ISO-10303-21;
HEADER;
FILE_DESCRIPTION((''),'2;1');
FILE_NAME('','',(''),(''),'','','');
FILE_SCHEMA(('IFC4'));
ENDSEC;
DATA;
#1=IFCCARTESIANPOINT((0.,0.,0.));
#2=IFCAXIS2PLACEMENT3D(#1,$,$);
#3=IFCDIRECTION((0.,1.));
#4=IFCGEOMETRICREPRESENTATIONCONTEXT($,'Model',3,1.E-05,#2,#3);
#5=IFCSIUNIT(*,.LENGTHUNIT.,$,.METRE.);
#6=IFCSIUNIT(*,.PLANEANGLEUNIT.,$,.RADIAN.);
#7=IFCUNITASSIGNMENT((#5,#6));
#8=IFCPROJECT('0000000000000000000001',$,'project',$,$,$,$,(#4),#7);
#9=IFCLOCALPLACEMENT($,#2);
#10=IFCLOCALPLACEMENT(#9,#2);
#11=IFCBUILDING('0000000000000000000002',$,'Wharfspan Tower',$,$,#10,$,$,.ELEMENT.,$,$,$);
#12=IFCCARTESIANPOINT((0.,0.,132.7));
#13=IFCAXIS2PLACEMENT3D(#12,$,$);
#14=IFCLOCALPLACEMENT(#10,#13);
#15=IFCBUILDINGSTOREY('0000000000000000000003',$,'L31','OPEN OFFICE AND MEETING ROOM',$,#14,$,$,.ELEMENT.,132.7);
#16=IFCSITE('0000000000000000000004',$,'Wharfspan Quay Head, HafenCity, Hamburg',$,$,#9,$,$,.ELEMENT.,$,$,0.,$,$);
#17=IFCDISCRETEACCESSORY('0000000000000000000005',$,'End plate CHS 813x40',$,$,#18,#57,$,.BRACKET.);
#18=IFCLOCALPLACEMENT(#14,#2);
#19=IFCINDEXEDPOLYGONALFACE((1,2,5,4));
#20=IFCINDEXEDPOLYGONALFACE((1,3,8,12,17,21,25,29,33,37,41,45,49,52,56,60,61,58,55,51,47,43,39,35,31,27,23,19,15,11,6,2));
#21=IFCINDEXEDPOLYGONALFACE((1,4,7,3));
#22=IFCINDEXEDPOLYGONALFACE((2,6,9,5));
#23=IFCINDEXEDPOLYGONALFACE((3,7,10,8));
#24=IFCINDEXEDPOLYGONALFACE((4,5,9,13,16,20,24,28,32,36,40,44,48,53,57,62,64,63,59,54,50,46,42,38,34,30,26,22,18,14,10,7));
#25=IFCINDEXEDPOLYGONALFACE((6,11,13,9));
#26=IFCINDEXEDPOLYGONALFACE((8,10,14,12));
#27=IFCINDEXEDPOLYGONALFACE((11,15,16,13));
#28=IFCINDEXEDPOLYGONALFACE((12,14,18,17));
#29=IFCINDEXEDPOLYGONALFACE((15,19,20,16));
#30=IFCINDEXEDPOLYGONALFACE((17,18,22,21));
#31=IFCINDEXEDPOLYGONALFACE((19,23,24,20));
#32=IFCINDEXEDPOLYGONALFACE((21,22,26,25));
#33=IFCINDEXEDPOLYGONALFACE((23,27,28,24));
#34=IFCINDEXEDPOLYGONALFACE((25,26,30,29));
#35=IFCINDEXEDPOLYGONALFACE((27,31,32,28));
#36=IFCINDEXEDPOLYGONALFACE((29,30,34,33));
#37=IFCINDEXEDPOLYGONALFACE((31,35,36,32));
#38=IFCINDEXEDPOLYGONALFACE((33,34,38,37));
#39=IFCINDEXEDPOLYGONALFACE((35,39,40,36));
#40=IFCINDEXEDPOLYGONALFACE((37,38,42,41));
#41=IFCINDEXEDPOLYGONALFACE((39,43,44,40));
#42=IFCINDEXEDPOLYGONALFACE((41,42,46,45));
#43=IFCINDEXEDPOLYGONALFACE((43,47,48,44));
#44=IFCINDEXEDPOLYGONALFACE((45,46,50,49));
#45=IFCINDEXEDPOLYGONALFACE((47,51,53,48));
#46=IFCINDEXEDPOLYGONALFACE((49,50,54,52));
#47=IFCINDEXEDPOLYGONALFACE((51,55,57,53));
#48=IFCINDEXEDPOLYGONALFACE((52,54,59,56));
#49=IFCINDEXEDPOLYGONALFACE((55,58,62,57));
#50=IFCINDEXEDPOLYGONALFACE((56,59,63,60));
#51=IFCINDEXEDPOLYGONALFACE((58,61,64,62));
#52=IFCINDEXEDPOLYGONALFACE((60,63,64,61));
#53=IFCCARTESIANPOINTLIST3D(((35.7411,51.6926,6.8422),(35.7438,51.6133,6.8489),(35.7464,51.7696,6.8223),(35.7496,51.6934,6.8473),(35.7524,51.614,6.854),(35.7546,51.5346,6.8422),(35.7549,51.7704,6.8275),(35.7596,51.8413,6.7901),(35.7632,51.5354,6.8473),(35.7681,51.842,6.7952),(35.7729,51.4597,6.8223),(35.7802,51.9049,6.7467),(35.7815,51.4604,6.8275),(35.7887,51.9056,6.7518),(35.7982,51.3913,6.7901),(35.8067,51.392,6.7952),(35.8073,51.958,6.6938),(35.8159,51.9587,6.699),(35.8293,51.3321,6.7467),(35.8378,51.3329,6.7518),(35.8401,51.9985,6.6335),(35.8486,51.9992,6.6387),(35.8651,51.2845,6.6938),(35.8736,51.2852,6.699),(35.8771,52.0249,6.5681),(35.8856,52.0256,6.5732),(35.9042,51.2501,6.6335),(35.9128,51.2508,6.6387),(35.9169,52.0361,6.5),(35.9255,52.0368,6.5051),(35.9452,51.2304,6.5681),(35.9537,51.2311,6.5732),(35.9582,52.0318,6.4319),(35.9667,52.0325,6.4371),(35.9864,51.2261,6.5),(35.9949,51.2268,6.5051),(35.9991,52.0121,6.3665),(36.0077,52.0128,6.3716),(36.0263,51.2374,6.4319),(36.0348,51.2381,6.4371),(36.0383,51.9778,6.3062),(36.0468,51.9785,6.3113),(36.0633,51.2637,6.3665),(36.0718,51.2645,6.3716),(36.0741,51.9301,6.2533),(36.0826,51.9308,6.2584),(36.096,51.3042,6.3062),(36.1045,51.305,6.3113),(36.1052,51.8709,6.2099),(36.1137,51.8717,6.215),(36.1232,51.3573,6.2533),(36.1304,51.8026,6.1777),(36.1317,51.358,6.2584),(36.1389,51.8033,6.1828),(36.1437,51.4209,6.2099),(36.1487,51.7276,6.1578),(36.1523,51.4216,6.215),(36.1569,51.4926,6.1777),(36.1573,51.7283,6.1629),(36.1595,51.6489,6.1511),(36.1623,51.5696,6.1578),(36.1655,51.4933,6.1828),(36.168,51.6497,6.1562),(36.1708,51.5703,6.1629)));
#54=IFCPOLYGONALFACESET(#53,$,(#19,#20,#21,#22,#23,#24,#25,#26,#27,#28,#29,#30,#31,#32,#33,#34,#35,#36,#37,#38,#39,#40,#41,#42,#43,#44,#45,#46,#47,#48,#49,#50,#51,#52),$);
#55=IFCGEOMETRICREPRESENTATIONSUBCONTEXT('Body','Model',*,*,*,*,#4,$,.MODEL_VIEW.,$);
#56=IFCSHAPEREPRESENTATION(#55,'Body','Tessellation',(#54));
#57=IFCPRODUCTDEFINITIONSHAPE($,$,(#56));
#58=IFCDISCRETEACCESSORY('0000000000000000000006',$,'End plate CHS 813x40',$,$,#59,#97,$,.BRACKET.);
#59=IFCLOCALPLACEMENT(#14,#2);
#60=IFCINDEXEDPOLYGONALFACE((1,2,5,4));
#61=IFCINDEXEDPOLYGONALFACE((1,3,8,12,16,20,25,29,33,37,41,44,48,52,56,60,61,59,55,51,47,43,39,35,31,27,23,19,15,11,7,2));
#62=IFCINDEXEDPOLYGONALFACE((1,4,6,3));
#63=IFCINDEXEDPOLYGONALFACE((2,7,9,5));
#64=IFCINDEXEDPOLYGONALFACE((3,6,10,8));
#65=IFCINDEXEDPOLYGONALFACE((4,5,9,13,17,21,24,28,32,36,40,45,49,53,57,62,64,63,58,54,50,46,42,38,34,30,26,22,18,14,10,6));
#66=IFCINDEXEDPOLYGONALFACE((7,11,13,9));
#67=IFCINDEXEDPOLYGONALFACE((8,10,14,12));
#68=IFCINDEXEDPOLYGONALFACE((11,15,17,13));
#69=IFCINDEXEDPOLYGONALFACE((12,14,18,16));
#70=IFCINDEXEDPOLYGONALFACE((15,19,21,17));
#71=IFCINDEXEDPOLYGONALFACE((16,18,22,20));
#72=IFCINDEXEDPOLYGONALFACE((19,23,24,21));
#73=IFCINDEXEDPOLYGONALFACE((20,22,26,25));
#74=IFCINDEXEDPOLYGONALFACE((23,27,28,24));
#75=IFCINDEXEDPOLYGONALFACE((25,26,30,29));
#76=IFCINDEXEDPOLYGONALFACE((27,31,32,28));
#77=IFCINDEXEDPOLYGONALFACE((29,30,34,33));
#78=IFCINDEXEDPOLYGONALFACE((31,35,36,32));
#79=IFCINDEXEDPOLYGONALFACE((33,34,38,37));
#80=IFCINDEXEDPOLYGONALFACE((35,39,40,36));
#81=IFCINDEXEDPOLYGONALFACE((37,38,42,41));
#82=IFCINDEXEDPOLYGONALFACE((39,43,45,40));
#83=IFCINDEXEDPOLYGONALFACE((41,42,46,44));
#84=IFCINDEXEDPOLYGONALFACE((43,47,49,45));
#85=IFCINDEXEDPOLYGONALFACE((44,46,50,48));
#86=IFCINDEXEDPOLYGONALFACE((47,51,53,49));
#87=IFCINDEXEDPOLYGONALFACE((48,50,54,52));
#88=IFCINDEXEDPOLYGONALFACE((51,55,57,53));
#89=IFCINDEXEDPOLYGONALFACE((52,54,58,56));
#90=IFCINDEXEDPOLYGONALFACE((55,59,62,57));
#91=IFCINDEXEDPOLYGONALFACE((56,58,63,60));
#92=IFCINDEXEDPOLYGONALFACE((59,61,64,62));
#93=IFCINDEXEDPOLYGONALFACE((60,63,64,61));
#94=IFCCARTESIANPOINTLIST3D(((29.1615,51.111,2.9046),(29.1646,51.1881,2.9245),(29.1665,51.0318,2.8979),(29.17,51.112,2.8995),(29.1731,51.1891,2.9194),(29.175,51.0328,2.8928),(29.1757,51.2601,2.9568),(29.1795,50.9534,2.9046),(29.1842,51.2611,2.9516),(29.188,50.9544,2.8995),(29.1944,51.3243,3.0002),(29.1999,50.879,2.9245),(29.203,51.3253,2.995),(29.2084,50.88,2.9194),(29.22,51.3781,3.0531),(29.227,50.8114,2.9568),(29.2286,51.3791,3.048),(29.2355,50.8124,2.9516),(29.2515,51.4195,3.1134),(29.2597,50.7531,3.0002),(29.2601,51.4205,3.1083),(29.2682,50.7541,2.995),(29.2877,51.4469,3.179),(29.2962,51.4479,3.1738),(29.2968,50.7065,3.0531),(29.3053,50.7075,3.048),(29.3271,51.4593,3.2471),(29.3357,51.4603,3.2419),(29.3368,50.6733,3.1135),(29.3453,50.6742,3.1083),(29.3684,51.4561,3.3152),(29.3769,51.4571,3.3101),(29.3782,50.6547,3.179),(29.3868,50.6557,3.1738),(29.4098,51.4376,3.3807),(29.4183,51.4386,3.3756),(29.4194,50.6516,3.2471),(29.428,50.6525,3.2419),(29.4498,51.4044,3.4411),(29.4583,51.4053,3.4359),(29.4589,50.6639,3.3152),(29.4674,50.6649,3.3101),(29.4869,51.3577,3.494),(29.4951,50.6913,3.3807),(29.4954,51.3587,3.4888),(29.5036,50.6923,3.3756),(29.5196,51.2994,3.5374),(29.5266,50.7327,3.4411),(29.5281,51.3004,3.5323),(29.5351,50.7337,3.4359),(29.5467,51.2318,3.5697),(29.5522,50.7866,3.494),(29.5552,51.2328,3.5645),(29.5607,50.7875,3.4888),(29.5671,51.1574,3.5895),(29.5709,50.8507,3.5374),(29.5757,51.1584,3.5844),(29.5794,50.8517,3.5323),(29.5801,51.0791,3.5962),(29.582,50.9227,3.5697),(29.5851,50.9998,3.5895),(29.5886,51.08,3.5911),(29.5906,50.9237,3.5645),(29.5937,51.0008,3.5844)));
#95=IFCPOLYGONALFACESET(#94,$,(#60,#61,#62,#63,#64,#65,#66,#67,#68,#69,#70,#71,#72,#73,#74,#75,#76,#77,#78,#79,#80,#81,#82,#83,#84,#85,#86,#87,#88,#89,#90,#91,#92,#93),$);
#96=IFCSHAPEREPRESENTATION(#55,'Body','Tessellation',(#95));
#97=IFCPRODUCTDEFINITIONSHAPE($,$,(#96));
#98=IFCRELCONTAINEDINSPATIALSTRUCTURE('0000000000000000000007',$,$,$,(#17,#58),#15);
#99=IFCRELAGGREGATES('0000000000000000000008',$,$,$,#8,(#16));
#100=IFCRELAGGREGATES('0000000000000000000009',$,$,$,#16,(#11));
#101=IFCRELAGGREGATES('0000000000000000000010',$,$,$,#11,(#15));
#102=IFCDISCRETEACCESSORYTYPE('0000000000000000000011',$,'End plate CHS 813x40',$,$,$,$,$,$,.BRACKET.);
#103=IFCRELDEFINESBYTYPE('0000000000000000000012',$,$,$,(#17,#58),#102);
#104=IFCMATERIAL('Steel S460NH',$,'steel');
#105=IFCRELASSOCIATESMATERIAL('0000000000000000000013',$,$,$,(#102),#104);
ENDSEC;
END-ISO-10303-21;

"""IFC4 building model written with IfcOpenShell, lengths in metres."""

from ifc_helpers import new_model, si_unit, direction, frame, origin, origin_2d, place, context, subcontext, project, spatial, circle, extrude, material, material_profile, profile_set, type_object, element, save


model = new_model("IFC4")

# Units and contexts
model_context = context("Model", 3, precision=1e-05, world=origin(), true_north=direction((0.0, 1.0)))
body_context = subcontext(model_context, "Body", "Model", "MODEL_VIEW")
ifc_project = project(units=[si_unit("LENGTHUNIT", "METRE"), si_unit("PLANEANGLEUNIT", "RADIAN")], contexts=[model_context])

# Site, building, storey
site_placement = place(None, origin())
site = spatial("IfcSite", under=ifc_project, at=site_placement, Name="Wharfspan Quay Head, HafenCity, Hamburg", CompositionType="ELEMENT", RefElevation=0.0)
building_placement = place(site_placement, origin())
building = spatial("IfcBuilding", under=site, at=building_placement, Name="Wharfspan Tower", CompositionType="ELEMENT")
storey_placement = place(building_placement, frame((0.0, 0.0, 132.7)))
storey = spatial("IfcBuildingStorey", under=building, at=storey_placement, Name="L31", Description="OPEN OFFICE AND MEETING ROOM", CompositionType="ELEMENT", Elevation=132.7)

# Shared definitions
ifc_material_1 = material(Name="Steel S460NH", Category="steel")

# Discrete accessories
ifc_material_profile_1 = material_profile(ifc_material_1, circle(Radius=0.4065, at=origin_2d()))
ifc_profile_set_1 = profile_set([ifc_material_profile_1], Name="Steel S460NH")
discrete_accessory_type = type_object("IfcDiscreteAccessoryType", Name="End plate CHS 813x40", PredefinedType="BRACKET", material=ifc_profile_set_1)
for number, where, z_axis, x_axis, name in (
    (1, (35.9517, 51.6311, 6.5), (0.855186, 0.073302, 0.513112), (-0.085402, 0.996345, 0.000001), "End plate CHS 813x40"),
    (2, (29.3818, 51.0564, 3.2419), (-0.853405, -0.097532, 0.512043), (0.113547, -0.993531, 0.000001), "End plate CHS 813x40"),
):
    element("IfcDiscreteAccessory", number, at=place(storey_placement, frame(where, z_axis=z_axis, x_axis=x_axis)), inside=storey, type_object=discrete_accessory_type, Name=name, PredefinedType="BRACKET", context=body_context, shape_type="SweptSolid", body=[
        extrude(circle(Radius=0.4065, at=origin_2d()), origin(), (0.0, 0.0, 1.0), 0.01),
    ])

save(model, "model.ifc")
